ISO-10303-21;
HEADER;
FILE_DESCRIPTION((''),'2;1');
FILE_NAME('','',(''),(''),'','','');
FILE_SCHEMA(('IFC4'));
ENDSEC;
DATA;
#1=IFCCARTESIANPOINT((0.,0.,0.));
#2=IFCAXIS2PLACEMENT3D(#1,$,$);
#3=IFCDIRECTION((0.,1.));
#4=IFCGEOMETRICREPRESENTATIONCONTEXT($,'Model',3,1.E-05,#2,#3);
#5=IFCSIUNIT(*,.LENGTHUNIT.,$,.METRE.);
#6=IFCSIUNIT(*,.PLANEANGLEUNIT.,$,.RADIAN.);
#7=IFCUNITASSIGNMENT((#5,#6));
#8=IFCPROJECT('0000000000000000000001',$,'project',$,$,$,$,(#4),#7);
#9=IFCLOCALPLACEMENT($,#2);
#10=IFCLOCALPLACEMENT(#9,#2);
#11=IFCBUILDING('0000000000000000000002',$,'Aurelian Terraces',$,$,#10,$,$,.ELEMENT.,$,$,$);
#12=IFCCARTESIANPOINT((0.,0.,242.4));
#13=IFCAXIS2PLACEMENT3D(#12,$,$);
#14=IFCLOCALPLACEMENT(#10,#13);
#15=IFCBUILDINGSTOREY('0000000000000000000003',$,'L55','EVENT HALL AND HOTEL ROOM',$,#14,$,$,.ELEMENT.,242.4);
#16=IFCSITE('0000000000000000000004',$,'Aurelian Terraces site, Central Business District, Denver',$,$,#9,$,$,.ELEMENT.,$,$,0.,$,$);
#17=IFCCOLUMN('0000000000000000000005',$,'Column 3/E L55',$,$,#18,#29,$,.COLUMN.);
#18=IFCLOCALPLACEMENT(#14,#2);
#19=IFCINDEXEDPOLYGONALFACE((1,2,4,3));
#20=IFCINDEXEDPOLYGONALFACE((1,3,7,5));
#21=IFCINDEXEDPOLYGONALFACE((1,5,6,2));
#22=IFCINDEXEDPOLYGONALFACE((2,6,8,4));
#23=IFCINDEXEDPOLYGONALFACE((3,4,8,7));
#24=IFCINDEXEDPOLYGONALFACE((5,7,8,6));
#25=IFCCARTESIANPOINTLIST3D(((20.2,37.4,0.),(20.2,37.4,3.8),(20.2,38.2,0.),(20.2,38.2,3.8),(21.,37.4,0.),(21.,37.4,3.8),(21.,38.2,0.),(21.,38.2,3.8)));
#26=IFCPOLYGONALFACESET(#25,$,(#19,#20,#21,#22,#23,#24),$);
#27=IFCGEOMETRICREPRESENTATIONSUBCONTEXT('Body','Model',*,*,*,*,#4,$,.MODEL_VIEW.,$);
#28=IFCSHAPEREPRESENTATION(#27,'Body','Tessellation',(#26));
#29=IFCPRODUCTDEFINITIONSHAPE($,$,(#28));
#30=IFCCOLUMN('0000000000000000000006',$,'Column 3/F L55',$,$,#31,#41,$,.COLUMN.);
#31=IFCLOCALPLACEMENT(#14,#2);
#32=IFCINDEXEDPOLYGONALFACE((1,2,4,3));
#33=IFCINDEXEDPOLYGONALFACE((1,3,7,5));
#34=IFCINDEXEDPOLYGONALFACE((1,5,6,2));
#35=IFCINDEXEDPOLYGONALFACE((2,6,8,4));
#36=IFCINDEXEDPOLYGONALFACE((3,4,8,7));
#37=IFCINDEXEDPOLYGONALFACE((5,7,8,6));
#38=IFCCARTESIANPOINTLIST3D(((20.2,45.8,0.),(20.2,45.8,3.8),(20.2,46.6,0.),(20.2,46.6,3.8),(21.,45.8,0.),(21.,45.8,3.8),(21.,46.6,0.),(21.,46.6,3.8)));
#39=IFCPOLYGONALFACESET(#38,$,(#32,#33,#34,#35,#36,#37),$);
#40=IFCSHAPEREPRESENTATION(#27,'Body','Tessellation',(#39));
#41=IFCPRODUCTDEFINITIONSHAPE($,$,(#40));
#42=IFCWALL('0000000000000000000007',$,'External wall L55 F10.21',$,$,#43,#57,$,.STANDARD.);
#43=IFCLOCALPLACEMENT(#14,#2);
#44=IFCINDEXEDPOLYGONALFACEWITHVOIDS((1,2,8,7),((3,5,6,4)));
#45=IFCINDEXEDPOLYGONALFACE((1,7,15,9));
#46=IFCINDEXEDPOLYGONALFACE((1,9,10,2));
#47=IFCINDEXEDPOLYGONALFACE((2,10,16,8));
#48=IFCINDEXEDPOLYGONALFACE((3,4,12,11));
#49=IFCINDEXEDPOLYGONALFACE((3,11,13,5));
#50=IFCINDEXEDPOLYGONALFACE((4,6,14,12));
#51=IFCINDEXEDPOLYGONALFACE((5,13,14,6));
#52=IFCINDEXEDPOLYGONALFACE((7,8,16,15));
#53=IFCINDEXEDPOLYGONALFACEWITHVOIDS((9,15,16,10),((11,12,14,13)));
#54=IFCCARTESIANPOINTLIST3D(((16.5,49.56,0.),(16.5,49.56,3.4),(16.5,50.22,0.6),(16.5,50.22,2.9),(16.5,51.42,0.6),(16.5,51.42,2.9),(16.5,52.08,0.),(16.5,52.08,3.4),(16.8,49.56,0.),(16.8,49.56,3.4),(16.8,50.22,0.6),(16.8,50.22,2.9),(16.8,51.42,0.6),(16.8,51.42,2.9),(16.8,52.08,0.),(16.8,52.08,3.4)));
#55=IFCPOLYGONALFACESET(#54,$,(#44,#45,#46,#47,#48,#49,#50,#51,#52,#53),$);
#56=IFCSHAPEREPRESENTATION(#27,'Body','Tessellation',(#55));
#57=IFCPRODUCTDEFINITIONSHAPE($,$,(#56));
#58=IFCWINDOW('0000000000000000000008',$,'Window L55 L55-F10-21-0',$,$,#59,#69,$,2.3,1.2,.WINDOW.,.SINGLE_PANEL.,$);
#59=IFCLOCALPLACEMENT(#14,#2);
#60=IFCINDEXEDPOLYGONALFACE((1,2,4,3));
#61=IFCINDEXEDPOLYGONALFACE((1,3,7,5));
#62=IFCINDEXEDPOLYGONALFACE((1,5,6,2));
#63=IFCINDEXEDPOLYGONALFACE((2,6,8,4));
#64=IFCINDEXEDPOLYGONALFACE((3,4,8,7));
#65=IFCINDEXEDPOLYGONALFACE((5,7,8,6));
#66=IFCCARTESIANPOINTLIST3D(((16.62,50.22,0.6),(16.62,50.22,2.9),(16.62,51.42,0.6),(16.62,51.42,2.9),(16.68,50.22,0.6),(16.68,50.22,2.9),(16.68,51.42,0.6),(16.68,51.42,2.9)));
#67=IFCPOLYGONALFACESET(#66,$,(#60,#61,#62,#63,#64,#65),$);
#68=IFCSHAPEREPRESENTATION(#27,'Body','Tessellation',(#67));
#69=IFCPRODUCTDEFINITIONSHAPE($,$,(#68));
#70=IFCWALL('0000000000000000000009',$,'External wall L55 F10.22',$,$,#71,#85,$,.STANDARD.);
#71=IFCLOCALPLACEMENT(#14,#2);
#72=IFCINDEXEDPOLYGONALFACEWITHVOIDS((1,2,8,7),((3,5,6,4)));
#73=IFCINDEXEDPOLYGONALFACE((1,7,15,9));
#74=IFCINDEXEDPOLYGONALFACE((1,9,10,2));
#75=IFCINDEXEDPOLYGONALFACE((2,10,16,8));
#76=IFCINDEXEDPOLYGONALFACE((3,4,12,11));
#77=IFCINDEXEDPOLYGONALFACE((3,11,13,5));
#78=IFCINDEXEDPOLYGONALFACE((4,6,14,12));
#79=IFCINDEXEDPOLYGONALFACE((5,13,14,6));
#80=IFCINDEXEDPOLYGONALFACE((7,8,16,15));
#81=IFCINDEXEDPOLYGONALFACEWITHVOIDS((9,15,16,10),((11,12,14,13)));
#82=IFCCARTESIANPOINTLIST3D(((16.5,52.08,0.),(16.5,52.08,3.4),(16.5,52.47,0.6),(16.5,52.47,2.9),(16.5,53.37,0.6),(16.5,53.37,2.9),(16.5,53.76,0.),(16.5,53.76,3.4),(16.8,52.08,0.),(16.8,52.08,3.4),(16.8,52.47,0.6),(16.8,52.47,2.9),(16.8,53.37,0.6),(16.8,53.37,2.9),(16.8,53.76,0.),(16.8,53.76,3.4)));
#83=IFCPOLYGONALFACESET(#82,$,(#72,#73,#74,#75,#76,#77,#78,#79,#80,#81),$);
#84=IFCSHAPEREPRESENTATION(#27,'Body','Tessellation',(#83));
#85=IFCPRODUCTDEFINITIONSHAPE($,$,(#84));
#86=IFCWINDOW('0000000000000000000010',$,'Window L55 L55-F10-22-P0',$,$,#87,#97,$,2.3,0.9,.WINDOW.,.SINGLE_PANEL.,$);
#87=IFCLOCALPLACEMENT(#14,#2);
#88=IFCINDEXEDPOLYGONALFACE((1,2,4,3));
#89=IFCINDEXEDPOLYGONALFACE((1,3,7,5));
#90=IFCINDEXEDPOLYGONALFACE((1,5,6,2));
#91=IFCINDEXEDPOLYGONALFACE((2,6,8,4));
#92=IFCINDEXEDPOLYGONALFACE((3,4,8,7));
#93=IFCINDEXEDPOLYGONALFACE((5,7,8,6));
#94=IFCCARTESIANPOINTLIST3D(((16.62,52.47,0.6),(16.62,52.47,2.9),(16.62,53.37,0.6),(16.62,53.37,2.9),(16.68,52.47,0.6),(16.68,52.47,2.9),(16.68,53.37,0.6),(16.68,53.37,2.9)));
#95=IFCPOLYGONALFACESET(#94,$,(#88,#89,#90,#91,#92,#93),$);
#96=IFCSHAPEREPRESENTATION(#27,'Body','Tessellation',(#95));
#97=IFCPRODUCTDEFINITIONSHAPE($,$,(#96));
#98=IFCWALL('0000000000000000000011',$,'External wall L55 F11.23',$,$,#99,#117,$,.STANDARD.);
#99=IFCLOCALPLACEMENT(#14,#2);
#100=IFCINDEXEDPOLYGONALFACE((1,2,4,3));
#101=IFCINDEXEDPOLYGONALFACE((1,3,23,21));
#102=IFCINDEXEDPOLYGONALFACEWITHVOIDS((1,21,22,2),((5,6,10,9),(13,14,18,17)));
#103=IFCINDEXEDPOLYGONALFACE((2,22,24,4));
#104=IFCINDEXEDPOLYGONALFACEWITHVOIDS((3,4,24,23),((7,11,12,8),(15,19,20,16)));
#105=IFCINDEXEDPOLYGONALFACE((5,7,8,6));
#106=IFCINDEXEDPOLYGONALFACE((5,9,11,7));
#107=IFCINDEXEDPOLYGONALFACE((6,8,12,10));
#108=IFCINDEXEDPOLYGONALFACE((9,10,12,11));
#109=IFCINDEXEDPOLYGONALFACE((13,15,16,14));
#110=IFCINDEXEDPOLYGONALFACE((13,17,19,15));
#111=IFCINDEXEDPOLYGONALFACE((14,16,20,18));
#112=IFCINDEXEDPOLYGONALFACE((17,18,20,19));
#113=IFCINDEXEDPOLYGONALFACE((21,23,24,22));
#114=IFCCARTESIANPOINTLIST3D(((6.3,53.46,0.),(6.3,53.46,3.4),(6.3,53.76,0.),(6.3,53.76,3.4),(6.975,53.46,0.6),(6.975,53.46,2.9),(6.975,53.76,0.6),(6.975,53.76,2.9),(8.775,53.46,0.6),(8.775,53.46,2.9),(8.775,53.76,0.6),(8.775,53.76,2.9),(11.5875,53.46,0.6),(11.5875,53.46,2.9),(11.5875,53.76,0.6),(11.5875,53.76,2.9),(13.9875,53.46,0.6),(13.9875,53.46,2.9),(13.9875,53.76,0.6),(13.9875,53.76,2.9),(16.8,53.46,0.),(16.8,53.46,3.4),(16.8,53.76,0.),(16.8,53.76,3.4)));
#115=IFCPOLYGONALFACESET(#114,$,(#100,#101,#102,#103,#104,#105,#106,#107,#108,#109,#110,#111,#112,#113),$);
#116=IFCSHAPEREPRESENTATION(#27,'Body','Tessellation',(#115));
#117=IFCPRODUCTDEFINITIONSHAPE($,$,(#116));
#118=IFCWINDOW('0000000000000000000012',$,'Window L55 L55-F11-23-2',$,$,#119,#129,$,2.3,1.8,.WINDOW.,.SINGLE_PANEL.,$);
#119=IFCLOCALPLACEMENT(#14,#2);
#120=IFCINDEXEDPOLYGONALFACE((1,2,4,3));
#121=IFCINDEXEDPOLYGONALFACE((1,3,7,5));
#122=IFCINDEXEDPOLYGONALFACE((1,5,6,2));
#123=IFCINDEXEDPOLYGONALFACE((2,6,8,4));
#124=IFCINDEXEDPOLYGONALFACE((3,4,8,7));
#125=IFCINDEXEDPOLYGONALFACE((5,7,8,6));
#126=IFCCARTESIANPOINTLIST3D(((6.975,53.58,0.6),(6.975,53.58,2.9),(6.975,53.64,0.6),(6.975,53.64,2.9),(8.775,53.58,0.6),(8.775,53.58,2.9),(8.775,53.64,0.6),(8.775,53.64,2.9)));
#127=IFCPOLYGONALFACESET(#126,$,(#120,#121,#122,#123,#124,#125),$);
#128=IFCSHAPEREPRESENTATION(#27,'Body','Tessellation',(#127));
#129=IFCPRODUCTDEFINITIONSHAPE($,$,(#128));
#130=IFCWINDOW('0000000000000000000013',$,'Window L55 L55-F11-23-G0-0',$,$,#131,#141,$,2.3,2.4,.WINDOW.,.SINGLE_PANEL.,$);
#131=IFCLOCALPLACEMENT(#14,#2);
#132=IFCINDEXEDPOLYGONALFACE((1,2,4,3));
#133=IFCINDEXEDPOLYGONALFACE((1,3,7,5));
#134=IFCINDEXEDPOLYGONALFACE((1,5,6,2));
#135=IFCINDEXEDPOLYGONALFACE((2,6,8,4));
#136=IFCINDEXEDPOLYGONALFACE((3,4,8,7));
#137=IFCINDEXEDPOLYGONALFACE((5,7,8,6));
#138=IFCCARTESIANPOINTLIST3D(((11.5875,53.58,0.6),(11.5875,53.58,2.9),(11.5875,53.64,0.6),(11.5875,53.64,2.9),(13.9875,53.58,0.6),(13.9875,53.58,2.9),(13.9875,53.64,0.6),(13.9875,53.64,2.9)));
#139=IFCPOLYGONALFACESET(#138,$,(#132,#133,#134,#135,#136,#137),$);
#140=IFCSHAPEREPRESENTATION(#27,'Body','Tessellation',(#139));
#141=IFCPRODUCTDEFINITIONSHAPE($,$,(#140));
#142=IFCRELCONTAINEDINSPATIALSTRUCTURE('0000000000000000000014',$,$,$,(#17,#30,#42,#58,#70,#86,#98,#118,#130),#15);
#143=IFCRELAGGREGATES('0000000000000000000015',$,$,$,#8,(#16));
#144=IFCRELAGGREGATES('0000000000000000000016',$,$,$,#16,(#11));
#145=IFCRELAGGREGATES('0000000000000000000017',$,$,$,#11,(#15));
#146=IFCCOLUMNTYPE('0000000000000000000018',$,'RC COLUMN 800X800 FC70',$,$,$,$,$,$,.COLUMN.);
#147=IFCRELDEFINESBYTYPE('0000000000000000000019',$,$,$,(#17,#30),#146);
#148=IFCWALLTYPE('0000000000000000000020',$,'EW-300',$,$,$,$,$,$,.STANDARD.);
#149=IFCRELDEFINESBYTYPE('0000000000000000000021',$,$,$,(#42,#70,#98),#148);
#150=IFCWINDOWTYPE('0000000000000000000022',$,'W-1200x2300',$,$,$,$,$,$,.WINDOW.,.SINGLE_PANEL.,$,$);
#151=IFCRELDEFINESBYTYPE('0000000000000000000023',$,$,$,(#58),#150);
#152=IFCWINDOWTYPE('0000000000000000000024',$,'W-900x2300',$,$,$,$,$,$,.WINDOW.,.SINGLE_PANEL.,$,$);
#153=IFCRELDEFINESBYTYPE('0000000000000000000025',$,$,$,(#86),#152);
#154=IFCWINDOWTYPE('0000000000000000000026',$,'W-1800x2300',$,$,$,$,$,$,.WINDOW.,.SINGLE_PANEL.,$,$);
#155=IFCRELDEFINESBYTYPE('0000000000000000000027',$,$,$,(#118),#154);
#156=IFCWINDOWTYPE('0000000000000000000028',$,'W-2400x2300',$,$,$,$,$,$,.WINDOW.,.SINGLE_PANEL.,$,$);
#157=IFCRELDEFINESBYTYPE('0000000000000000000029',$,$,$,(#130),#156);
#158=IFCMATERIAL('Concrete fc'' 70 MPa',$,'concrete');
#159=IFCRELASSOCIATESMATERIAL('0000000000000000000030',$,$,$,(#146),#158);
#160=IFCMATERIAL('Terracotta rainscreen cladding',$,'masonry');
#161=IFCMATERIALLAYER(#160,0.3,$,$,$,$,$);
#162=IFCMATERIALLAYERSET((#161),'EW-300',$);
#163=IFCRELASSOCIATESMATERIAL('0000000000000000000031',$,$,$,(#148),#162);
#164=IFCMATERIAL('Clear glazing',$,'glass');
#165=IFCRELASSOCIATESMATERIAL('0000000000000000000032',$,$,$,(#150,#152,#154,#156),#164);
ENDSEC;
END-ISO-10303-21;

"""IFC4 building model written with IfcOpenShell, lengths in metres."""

from ifc_helpers import new_model, si_unit, direction, frame, frame_2d, origin, origin_2d, place, context, subcontext, project, spatial, rectangle, extrude, source, transform, mapped, material, layer, layer_set, material_profile, profile_set, type_object, element, fill, save


model = new_model("IFC4")

# Units and contexts
model_context = context("Model", 3, precision=1e-05, world=origin(), true_north=direction((0.0, 1.0)))
body_context = subcontext(model_context, "Body", "Model", "MODEL_VIEW")
ifc_project = project(units=[si_unit("LENGTHUNIT", "METRE"), si_unit("PLANEANGLEUNIT", "RADIAN")], contexts=[model_context])

# Site, building, storey
site_placement = place(None, origin())
site = spatial("IfcSite", under=ifc_project, at=site_placement, Name="Aurelian Terraces site, Central Business District, Denver", CompositionType="ELEMENT", RefElevation=0.0)
building_placement = place(site_placement, origin())
building = spatial("IfcBuilding", under=site, at=building_placement, Name="Aurelian Terraces", CompositionType="ELEMENT")
storey_placement = place(building_placement, frame((0.0, 0.0, 242.4)))
storey = spatial("IfcBuildingStorey", under=building, at=storey_placement, Name="L55", Description="EVENT HALL AND HOTEL ROOM", CompositionType="ELEMENT", Elevation=242.4)

# Columns
ifc_material_1 = material(Name="Concrete fc' 70 MPa", Category="concrete")
ifc_material_profile = material_profile(ifc_material_1, rectangle(XDim=0.8, YDim=0.8, at=origin_2d()))
ifc_profile_set = profile_set([ifc_material_profile], Name="Concrete fc' 70 MPa")
column_type = type_object("IfcColumnType", Name="RC COLUMN 800X800 FC70", PredefinedType="COLUMN", material=ifc_profile_set)
shared_shape_1 = source(origin(), body_context, "Body", "SweptSolid", [
    extrude(rectangle(XDim=0.8, YDim=0.8, at=origin_2d()), origin(), (0.0, 0.0, 1.0), 3.8),
])
for number, where, z_axis, x_axis, name in (
    (1, (20.6, 37.8, 0.0), (0.0, 0.0, 1.0), (1.0, 0.0, 0.0), "Column 3/E L55"),
    (2, (20.6, 46.2, 0.0), (0.0, 0.0, 1.0), (1.0, 0.0, 0.0), "Column 3/F L55"),
):
    element("IfcColumn", number, at=place(storey_placement, frame(where, z_axis=z_axis, x_axis=x_axis)), inside=storey, type_object=column_type, Name=name, PredefinedType="COLUMN", context=body_context, shape_type="MappedRepresentation", body=[
        mapped(shared_shape_1, transform((0.0, 0.0, 0.0), scale=1.0)),
    ])

# Walls, openings, windows
ifc_material_2 = material(Name="Terracotta rainscreen cladding", Category="masonry")
ifc_layer_1 = layer(ifc_material_2, 0.3)
ifc_layer_set_1 = layer_set([ifc_layer_1], Name="EW-300")
wall_type_1 = type_object("IfcWallType", Name="EW-300", PredefinedType="STANDARD", material=ifc_layer_set_1)
shared_shape_2 = source(origin(), body_context, "Body", "SweptSolid", [
    extrude(rectangle(XDim=2.52, YDim=0.3, at=frame_2d((1.26, 0.0))), origin(), (0.0, 0.0, 1.0), 3.4),
])
wall_1_placement = place(storey_placement, frame((16.65, 49.56, 0.0), z_axis=(0.0, 0.0, 1.0), x_axis=(0.0, 1.0, 0.0)))
wall_1 = element("IfcWall", 3, at=wall_1_placement, inside=storey, type_object=wall_type_1, Name="External wall L55 F10.21", PredefinedType="STANDARD", context=body_context, shape_type="MappedRepresentation", body=[
    mapped(shared_shape_2, transform((0.0, 0.0, 0.0), scale=1.0)),
])
shared_shape_3 = source(origin(), body_context, "Body", "SweptSolid", [
    extrude(rectangle(XDim=1.2, YDim=2.3, at=frame_2d((0.6, 1.15))), frame((0.0, 0.16, 0.0), z_axis=(0.0, -1.0, 0.0), x_axis=(1.0, 0.0, 0.0)), (0.0, 0.0, 1.0), 0.32),
])
opening_1_placement = place(wall_1_placement, frame((0.66, 0.0, 0.6)))
opening_1 = element("IfcOpeningElement", 4, at=opening_1_placement, cuts=wall_1, PredefinedType="OPENING", context=body_context, shape_type="MappedRepresentation", body=[
    mapped(shared_shape_3, transform((0.0, 0.0, 0.0), scale=1.0)),
])
ifc_material_3 = material(Name="Clear glazing", Category="glass")
window_type_1 = type_object("IfcWindowType", Name="W-1200x2300", PartitioningType="SINGLE_PANEL", PredefinedType="WINDOW", material=ifc_material_3)
shared_shape_4 = source(origin(), body_context, "Body", "SweptSolid", [
    extrude(rectangle(XDim=1.2, YDim=2.3, at=frame_2d((0.6, 1.15))), frame((0.0, 0.03, 0.0), z_axis=(0.0, -1.0, 0.0), x_axis=(1.0, 0.0, 0.0)), (0.0, 0.0, 1.0), 0.06),
])
window_1_placement = place(opening_1_placement, origin())
window_1 = element("IfcWindow", 5, at=window_1_placement, inside=storey, type_object=window_type_1, Name="Window L55 L55-F10-21-0", OverallHeight=2.3, OverallWidth=1.2, PartitioningType="SINGLE_PANEL", PredefinedType="WINDOW", context=body_context, shape_type="MappedRepresentation", body=[
    mapped(shared_shape_4, transform((0.0, 0.0, 0.0), scale=1.0)),
])
fill(opening_1, window_1)
shared_shape_5 = source(origin(), body_context, "Body", "SweptSolid", [
    extrude(rectangle(XDim=1.68, YDim=0.3, at=frame_2d((0.84, 0.0))), origin(), (0.0, 0.0, 1.0), 3.4),
])
wall_2_placement = place(storey_placement, frame((16.65, 52.08, 0.0), z_axis=(0.0, 0.0, 1.0), x_axis=(0.0, 1.0, 0.0)))
wall_2 = element("IfcWall", 6, at=wall_2_placement, inside=storey, type_object=wall_type_1, Name="External wall L55 F10.22", PredefinedType="STANDARD", context=body_context, shape_type="MappedRepresentation", body=[
    mapped(shared_shape_5, transform((0.0, 0.0, 0.0), scale=1.0)),
])
shared_shape_6 = source(origin(), body_context, "Body", "SweptSolid", [
    extrude(rectangle(XDim=0.9, YDim=2.3, at=frame_2d((0.45, 1.15))), frame((0.0, 0.16, 0.0), z_axis=(0.0, -1.0, 0.0), x_axis=(1.0, 0.0, 0.0)), (0.0, 0.0, 1.0), 0.32),
])
opening_2_placement = place(wall_2_placement, frame((0.39, 0.0, 0.6)))
opening_2 = element("IfcOpeningElement", 7, at=opening_2_placement, cuts=wall_2, PredefinedType="OPENING", context=body_context, shape_type="MappedRepresentation", body=[
    mapped(shared_shape_6, transform((0.0, 0.0, 0.0), scale=1.0)),
])
window_type_2 = type_object("IfcWindowType", Name="W-900x2300", PartitioningType="SINGLE_PANEL", PredefinedType="WINDOW", material=ifc_material_3)
shared_shape_7 = source(origin(), body_context, "Body", "SweptSolid", [
    extrude(rectangle(XDim=0.9, YDim=2.3, at=frame_2d((0.45, 1.15))), frame((0.0, 0.03, 0.0), z_axis=(0.0, -1.0, 0.0), x_axis=(1.0, 0.0, 0.0)), (0.0, 0.0, 1.0), 0.06),
])
window_2_placement = place(opening_2_placement, origin())
window_2 = element("IfcWindow", 8, at=window_2_placement, inside=storey, type_object=window_type_2, Name="Window L55 L55-F10-22-P0", OverallHeight=2.3, OverallWidth=0.9, PartitioningType="SINGLE_PANEL", PredefinedType="WINDOW", context=body_context, shape_type="MappedRepresentation", body=[
    mapped(shared_shape_7, transform((0.0, 0.0, 0.0), scale=1.0)),
])
fill(opening_2, window_2)

# Wall, openings, windows
shared_shape_8 = source(origin(), body_context, "Body", "SweptSolid", [
    extrude(rectangle(XDim=10.5, YDim=0.3, at=frame_2d((5.25, 0.0))), origin(), (0.0, 0.0, 1.0), 3.4),
])
wall_3_placement = place(storey_placement, frame((16.8, 53.61, 0.0), z_axis=(0.0, 0.0, 1.0), x_axis=(-1.0, 0.0, 0.0)))
wall_3 = element("IfcWall", 9, at=wall_3_placement, inside=storey, type_object=wall_type_1, Name="External wall L55 F11.23", PredefinedType="STANDARD", context=body_context, shape_type="MappedRepresentation", body=[
    mapped(shared_shape_8, transform((0.0, 0.0, 0.0), scale=1.0)),
])
shared_shape_9 = source(origin(), body_context, "Body", "SweptSolid", [
    extrude(rectangle(XDim=1.8, YDim=2.3, at=frame_2d((0.9, 1.15))), frame((0.0, 0.16, 0.0), z_axis=(0.0, -1.0, 0.0), x_axis=(1.0, 0.0, 0.0)), (0.0, 0.0, 1.0), 0.32),
])
opening_3_placement = place(wall_3_placement, frame((8.025, 0.0, 0.6)))
opening_3 = element("IfcOpeningElement", 10, at=opening_3_placement, cuts=wall_3, PredefinedType="OPENING", context=body_context, shape_type="MappedRepresentation", body=[
    mapped(shared_shape_9, transform((0.0, 0.0, 0.0), scale=1.0)),
])
shared_shape_10 = source(origin(), body_context, "Body", "SweptSolid", [
    extrude(rectangle(XDim=2.4, YDim=2.3, at=frame_2d((1.2, 1.15))), frame((0.0, 0.16, 0.0), z_axis=(0.0, -1.0, 0.0), x_axis=(1.0, 0.0, 0.0)), (0.0, 0.0, 1.0), 0.32),
])
opening_4_placement = place(wall_3_placement, frame((2.8125, 0.0, 0.6)))
opening_4 = element("IfcOpeningElement", 11, at=opening_4_placement, cuts=wall_3, PredefinedType="OPENING", context=body_context, shape_type="MappedRepresentation", body=[
    mapped(shared_shape_10, transform((0.0, 0.0, 0.0), scale=1.0)),
])
window_type_3 = type_object("IfcWindowType", Name="W-1800x2300", PartitioningType="SINGLE_PANEL", PredefinedType="WINDOW", material=ifc_material_3)
shared_shape_11 = source(origin(), body_context, "Body", "SweptSolid", [
    extrude(rectangle(XDim=1.8, YDim=2.3, at=frame_2d((0.9, 1.15))), frame((0.0, 0.03, 0.0), z_axis=(0.0, -1.0, 0.0), x_axis=(1.0, 0.0, 0.0)), (0.0, 0.0, 1.0), 0.06),
])
window_3_placement = place(opening_3_placement, origin())
window_3 = element("IfcWindow", 12, at=window_3_placement, inside=storey, type_object=window_type_3, Name="Window L55 L55-F11-23-2", OverallHeight=2.3, OverallWidth=1.8, PartitioningType="SINGLE_PANEL", PredefinedType="WINDOW", context=body_context, shape_type="MappedRepresentation", body=[
    mapped(shared_shape_11, transform((0.0, 0.0, 0.0), scale=1.0)),
])
fill(opening_3, window_3)
window_type_4 = type_object("IfcWindowType", Name="W-2400x2300", PartitioningType="SINGLE_PANEL", PredefinedType="WINDOW", material=ifc_material_3)
shared_shape_12 = source(origin(), body_context, "Body", "SweptSolid", [
    extrude(rectangle(XDim=2.4, YDim=2.3, at=frame_2d((1.2, 1.15))), frame((0.0, 0.03, 0.0), z_axis=(0.0, -1.0, 0.0), x_axis=(1.0, 0.0, 0.0)), (0.0, 0.0, 1.0), 0.06),
])
window_4_placement = place(opening_4_placement, origin())
window_4 = element("IfcWindow", 13, at=window_4_placement, inside=storey, type_object=window_type_4, Name="Window L55 L55-F11-23-G0-0", OverallHeight=2.3, OverallWidth=2.4, PartitioningType="SINGLE_PANEL", PredefinedType="WINDOW", context=body_context, shape_type="MappedRepresentation", body=[
    mapped(shared_shape_12, transform((0.0, 0.0, 0.0), scale=1.0)),
])
fill(opening_4, window_4)

save(model, "model.ifc")
